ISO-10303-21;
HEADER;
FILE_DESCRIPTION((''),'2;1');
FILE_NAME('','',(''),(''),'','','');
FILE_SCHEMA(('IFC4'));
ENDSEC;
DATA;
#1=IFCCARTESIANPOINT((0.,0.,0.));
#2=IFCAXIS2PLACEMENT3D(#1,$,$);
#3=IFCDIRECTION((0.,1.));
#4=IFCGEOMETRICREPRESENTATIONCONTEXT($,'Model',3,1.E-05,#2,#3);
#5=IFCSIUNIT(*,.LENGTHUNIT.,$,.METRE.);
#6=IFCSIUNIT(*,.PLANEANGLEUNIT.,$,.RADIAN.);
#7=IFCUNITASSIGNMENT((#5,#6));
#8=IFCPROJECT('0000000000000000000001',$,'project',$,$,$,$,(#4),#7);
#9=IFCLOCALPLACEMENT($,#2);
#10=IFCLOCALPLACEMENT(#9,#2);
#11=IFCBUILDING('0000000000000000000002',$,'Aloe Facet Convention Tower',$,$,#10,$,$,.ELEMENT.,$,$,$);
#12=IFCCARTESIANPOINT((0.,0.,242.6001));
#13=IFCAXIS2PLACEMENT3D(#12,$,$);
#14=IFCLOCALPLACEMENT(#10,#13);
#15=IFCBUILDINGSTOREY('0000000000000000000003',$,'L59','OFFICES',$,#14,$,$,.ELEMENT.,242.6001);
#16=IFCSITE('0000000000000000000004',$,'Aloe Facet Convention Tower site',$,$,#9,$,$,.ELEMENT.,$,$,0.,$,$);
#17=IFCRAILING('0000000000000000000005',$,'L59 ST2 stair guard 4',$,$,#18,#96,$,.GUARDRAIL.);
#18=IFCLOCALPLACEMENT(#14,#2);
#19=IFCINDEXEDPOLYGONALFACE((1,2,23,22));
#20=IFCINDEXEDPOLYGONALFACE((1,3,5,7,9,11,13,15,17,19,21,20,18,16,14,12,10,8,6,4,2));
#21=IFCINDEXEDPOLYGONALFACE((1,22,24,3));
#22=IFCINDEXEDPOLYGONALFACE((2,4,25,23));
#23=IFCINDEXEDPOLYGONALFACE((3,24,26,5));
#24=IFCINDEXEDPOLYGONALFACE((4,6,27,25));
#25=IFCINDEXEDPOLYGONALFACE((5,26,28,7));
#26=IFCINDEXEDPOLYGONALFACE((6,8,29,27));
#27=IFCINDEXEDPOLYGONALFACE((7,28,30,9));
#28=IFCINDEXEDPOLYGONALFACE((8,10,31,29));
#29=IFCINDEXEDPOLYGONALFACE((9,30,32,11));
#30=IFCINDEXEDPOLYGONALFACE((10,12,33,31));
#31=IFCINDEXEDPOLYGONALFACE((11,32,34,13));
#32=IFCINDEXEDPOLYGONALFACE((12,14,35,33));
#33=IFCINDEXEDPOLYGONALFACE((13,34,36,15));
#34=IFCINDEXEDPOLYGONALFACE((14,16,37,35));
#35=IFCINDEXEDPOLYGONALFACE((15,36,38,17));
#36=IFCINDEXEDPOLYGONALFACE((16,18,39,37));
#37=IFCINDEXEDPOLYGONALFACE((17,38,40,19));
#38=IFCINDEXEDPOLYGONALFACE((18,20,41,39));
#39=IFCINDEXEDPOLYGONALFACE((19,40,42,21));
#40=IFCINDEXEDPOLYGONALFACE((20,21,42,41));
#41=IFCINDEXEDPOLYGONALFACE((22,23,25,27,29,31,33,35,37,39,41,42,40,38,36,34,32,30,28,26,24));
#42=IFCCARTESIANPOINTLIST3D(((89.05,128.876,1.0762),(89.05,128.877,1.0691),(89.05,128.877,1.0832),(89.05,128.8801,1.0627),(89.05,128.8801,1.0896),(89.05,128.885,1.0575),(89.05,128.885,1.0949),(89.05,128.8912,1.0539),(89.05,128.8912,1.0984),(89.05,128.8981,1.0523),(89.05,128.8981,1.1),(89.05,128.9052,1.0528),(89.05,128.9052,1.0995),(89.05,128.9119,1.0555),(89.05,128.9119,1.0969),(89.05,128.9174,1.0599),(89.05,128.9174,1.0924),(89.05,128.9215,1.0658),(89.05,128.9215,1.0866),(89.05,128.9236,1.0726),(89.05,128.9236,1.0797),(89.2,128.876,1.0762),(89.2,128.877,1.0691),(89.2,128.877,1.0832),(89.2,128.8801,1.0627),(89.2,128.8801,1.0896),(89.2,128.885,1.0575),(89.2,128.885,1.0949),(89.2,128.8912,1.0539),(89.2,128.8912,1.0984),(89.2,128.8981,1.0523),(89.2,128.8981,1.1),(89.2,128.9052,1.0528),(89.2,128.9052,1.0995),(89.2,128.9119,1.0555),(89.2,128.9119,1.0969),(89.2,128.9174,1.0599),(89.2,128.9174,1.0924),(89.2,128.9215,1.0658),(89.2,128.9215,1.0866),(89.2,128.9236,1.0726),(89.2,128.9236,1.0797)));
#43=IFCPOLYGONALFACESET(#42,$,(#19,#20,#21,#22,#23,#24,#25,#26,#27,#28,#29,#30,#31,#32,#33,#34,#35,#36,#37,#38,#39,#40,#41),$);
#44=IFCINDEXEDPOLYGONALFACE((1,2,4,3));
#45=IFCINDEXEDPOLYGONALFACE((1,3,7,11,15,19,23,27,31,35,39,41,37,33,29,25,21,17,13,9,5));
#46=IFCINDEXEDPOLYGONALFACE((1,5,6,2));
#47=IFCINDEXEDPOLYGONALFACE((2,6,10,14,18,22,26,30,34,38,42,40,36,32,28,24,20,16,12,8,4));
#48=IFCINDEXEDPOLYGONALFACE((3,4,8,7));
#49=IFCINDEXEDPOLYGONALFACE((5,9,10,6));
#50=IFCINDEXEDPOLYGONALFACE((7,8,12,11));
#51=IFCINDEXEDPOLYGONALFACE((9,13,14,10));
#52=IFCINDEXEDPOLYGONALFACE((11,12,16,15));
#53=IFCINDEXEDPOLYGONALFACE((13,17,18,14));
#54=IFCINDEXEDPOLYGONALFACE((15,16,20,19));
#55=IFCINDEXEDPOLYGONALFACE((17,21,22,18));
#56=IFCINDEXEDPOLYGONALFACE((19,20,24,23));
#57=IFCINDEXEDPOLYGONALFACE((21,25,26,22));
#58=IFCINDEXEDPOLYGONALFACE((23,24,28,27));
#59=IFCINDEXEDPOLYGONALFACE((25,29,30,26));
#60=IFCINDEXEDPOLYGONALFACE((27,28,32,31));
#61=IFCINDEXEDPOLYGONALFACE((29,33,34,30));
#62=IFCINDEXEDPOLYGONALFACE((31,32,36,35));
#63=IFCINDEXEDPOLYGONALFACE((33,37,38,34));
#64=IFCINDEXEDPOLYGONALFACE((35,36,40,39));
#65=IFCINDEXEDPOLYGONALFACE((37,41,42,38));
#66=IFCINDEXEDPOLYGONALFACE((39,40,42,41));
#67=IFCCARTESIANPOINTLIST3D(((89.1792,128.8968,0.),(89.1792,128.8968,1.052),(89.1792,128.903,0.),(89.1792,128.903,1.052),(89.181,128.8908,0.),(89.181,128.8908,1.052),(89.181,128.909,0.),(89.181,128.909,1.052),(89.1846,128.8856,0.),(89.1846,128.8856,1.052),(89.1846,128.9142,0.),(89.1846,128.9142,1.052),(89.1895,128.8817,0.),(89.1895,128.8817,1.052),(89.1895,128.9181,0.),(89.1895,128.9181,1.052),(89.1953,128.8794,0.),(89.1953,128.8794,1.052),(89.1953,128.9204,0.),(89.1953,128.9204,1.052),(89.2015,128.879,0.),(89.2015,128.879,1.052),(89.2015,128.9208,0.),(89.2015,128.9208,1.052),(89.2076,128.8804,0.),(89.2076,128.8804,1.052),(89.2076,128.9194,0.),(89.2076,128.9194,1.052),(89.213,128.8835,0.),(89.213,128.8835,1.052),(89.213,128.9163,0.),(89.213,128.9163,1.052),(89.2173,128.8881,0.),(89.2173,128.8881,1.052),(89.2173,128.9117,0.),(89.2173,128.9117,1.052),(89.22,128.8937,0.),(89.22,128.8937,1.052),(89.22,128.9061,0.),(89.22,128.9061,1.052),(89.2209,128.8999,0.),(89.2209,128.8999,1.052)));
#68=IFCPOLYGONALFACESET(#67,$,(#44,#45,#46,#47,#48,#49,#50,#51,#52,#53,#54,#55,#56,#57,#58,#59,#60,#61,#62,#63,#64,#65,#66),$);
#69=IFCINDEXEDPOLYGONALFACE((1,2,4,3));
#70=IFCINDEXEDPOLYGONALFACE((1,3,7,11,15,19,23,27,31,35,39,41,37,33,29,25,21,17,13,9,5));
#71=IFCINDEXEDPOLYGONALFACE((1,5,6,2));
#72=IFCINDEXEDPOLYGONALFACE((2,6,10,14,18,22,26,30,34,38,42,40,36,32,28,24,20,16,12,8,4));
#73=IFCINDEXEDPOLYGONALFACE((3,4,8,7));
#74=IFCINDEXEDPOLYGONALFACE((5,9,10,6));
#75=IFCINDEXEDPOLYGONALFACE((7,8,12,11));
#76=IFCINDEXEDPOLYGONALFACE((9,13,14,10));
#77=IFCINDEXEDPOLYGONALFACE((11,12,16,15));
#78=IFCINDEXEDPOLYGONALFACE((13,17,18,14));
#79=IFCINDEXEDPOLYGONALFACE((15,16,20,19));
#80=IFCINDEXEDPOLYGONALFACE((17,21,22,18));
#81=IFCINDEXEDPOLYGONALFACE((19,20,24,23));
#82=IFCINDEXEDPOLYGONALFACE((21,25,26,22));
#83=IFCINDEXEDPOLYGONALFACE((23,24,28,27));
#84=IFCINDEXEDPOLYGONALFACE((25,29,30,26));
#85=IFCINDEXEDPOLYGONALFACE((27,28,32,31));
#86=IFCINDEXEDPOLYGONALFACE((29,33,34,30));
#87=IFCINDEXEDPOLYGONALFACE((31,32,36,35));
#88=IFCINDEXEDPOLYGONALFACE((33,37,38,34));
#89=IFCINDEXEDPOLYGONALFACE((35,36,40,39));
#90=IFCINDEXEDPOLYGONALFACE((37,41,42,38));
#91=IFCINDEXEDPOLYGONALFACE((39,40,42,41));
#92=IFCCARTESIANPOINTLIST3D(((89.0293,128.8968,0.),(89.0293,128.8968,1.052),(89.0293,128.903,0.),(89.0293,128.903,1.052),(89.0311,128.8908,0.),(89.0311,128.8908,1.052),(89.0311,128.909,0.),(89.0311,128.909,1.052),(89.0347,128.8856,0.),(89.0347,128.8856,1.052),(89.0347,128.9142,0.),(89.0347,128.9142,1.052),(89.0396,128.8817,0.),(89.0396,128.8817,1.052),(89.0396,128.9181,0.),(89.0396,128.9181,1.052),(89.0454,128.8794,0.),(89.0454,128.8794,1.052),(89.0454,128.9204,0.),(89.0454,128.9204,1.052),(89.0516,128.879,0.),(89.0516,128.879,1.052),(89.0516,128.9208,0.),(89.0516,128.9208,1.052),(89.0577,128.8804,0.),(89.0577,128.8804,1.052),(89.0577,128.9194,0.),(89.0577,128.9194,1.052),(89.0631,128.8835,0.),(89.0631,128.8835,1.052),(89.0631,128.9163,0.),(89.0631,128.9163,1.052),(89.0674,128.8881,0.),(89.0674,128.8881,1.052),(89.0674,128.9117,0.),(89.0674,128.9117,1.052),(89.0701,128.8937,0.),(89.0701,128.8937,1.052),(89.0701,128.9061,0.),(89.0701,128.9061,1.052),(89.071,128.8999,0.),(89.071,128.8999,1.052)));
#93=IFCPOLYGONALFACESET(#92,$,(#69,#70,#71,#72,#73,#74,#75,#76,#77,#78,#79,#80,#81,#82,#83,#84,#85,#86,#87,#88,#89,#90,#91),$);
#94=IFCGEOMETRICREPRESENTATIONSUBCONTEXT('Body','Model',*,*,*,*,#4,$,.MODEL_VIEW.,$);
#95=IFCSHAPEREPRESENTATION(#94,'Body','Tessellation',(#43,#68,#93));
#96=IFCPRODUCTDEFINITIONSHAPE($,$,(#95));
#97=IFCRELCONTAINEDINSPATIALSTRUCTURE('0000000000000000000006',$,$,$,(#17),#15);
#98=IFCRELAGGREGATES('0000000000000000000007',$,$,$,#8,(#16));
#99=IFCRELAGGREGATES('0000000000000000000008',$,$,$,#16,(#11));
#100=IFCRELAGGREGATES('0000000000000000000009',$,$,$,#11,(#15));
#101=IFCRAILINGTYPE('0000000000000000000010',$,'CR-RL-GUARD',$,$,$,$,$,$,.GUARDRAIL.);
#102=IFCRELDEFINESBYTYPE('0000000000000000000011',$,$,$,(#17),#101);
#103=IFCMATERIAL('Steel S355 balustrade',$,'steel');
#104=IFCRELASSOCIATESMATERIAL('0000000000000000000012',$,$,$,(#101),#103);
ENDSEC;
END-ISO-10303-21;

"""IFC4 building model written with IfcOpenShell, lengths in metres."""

from ifc_helpers import new_model, si_unit, direction, frame, origin, origin_2d, place, context, subcontext, project, spatial, circle, extrude, material, type_object, element, save


model = new_model("IFC4")

# Units and contexts
model_context = context("Model", 3, precision=1e-05, world=origin(), true_north=direction((0.0, 1.0)))
body_context = subcontext(model_context, "Body", "Model", "MODEL_VIEW")
ifc_project = project(units=[si_unit("LENGTHUNIT", "METRE"), si_unit("PLANEANGLEUNIT", "RADIAN")], contexts=[model_context])

# Site, building, storey
site_placement = place(None, origin())
site = spatial("IfcSite", under=ifc_project, at=site_placement, Name="Aloe Facet Convention Tower site", CompositionType="ELEMENT", RefElevation=0.0)
building_placement = place(site_placement, origin())
building = spatial("IfcBuilding", under=site, at=building_placement, Name="Aloe Facet Convention Tower", CompositionType="ELEMENT")
storey_placement = place(building_placement, frame((0.0, 0.0, 242.6001)))
storey = spatial("IfcBuildingStorey", under=building, at=storey_placement, Name="L59", Description="OFFICES", CompositionType="ELEMENT", Elevation=242.6001)

# Railing
ifc_material_1 = material(Name="Steel S355 balustrade", Category="steel")
railing_type_1 = type_object("IfcRailingType", Name="CR-RL-GUARD", PredefinedType="GUARDRAIL", material=ifc_material_1)
railing_1_placement = place(storey_placement, frame((89.2, 128.8999, 0.0)))
element("IfcRailing", 1, at=railing_1_placement, inside=storey, type_object=railing_type_1, Name="L59 ST2 stair guard 4", PredefinedType="GUARDRAIL", context=body_context, shape_type="SweptSolid", body=[
    extrude(circle(Radius=0.0239, at=origin_2d()), frame((0.0, 0.0, 1.0762), z_axis=(-1.0, 0.0, 0.0), x_axis=(0.0, -1.0, 0.0)), (0.0, 0.0, 1.0), 0.1499),
    extrude(circle(Radius=0.021, at=origin_2d()), origin(), (0.0, 0.0, 1.0), 1.052),
    extrude(circle(Radius=0.021, at=origin_2d()), frame((-0.1499, 0.0, 0.0)), (0.0, 0.0, 1.0), 1.052),
])

save(model, "model.ifc")
